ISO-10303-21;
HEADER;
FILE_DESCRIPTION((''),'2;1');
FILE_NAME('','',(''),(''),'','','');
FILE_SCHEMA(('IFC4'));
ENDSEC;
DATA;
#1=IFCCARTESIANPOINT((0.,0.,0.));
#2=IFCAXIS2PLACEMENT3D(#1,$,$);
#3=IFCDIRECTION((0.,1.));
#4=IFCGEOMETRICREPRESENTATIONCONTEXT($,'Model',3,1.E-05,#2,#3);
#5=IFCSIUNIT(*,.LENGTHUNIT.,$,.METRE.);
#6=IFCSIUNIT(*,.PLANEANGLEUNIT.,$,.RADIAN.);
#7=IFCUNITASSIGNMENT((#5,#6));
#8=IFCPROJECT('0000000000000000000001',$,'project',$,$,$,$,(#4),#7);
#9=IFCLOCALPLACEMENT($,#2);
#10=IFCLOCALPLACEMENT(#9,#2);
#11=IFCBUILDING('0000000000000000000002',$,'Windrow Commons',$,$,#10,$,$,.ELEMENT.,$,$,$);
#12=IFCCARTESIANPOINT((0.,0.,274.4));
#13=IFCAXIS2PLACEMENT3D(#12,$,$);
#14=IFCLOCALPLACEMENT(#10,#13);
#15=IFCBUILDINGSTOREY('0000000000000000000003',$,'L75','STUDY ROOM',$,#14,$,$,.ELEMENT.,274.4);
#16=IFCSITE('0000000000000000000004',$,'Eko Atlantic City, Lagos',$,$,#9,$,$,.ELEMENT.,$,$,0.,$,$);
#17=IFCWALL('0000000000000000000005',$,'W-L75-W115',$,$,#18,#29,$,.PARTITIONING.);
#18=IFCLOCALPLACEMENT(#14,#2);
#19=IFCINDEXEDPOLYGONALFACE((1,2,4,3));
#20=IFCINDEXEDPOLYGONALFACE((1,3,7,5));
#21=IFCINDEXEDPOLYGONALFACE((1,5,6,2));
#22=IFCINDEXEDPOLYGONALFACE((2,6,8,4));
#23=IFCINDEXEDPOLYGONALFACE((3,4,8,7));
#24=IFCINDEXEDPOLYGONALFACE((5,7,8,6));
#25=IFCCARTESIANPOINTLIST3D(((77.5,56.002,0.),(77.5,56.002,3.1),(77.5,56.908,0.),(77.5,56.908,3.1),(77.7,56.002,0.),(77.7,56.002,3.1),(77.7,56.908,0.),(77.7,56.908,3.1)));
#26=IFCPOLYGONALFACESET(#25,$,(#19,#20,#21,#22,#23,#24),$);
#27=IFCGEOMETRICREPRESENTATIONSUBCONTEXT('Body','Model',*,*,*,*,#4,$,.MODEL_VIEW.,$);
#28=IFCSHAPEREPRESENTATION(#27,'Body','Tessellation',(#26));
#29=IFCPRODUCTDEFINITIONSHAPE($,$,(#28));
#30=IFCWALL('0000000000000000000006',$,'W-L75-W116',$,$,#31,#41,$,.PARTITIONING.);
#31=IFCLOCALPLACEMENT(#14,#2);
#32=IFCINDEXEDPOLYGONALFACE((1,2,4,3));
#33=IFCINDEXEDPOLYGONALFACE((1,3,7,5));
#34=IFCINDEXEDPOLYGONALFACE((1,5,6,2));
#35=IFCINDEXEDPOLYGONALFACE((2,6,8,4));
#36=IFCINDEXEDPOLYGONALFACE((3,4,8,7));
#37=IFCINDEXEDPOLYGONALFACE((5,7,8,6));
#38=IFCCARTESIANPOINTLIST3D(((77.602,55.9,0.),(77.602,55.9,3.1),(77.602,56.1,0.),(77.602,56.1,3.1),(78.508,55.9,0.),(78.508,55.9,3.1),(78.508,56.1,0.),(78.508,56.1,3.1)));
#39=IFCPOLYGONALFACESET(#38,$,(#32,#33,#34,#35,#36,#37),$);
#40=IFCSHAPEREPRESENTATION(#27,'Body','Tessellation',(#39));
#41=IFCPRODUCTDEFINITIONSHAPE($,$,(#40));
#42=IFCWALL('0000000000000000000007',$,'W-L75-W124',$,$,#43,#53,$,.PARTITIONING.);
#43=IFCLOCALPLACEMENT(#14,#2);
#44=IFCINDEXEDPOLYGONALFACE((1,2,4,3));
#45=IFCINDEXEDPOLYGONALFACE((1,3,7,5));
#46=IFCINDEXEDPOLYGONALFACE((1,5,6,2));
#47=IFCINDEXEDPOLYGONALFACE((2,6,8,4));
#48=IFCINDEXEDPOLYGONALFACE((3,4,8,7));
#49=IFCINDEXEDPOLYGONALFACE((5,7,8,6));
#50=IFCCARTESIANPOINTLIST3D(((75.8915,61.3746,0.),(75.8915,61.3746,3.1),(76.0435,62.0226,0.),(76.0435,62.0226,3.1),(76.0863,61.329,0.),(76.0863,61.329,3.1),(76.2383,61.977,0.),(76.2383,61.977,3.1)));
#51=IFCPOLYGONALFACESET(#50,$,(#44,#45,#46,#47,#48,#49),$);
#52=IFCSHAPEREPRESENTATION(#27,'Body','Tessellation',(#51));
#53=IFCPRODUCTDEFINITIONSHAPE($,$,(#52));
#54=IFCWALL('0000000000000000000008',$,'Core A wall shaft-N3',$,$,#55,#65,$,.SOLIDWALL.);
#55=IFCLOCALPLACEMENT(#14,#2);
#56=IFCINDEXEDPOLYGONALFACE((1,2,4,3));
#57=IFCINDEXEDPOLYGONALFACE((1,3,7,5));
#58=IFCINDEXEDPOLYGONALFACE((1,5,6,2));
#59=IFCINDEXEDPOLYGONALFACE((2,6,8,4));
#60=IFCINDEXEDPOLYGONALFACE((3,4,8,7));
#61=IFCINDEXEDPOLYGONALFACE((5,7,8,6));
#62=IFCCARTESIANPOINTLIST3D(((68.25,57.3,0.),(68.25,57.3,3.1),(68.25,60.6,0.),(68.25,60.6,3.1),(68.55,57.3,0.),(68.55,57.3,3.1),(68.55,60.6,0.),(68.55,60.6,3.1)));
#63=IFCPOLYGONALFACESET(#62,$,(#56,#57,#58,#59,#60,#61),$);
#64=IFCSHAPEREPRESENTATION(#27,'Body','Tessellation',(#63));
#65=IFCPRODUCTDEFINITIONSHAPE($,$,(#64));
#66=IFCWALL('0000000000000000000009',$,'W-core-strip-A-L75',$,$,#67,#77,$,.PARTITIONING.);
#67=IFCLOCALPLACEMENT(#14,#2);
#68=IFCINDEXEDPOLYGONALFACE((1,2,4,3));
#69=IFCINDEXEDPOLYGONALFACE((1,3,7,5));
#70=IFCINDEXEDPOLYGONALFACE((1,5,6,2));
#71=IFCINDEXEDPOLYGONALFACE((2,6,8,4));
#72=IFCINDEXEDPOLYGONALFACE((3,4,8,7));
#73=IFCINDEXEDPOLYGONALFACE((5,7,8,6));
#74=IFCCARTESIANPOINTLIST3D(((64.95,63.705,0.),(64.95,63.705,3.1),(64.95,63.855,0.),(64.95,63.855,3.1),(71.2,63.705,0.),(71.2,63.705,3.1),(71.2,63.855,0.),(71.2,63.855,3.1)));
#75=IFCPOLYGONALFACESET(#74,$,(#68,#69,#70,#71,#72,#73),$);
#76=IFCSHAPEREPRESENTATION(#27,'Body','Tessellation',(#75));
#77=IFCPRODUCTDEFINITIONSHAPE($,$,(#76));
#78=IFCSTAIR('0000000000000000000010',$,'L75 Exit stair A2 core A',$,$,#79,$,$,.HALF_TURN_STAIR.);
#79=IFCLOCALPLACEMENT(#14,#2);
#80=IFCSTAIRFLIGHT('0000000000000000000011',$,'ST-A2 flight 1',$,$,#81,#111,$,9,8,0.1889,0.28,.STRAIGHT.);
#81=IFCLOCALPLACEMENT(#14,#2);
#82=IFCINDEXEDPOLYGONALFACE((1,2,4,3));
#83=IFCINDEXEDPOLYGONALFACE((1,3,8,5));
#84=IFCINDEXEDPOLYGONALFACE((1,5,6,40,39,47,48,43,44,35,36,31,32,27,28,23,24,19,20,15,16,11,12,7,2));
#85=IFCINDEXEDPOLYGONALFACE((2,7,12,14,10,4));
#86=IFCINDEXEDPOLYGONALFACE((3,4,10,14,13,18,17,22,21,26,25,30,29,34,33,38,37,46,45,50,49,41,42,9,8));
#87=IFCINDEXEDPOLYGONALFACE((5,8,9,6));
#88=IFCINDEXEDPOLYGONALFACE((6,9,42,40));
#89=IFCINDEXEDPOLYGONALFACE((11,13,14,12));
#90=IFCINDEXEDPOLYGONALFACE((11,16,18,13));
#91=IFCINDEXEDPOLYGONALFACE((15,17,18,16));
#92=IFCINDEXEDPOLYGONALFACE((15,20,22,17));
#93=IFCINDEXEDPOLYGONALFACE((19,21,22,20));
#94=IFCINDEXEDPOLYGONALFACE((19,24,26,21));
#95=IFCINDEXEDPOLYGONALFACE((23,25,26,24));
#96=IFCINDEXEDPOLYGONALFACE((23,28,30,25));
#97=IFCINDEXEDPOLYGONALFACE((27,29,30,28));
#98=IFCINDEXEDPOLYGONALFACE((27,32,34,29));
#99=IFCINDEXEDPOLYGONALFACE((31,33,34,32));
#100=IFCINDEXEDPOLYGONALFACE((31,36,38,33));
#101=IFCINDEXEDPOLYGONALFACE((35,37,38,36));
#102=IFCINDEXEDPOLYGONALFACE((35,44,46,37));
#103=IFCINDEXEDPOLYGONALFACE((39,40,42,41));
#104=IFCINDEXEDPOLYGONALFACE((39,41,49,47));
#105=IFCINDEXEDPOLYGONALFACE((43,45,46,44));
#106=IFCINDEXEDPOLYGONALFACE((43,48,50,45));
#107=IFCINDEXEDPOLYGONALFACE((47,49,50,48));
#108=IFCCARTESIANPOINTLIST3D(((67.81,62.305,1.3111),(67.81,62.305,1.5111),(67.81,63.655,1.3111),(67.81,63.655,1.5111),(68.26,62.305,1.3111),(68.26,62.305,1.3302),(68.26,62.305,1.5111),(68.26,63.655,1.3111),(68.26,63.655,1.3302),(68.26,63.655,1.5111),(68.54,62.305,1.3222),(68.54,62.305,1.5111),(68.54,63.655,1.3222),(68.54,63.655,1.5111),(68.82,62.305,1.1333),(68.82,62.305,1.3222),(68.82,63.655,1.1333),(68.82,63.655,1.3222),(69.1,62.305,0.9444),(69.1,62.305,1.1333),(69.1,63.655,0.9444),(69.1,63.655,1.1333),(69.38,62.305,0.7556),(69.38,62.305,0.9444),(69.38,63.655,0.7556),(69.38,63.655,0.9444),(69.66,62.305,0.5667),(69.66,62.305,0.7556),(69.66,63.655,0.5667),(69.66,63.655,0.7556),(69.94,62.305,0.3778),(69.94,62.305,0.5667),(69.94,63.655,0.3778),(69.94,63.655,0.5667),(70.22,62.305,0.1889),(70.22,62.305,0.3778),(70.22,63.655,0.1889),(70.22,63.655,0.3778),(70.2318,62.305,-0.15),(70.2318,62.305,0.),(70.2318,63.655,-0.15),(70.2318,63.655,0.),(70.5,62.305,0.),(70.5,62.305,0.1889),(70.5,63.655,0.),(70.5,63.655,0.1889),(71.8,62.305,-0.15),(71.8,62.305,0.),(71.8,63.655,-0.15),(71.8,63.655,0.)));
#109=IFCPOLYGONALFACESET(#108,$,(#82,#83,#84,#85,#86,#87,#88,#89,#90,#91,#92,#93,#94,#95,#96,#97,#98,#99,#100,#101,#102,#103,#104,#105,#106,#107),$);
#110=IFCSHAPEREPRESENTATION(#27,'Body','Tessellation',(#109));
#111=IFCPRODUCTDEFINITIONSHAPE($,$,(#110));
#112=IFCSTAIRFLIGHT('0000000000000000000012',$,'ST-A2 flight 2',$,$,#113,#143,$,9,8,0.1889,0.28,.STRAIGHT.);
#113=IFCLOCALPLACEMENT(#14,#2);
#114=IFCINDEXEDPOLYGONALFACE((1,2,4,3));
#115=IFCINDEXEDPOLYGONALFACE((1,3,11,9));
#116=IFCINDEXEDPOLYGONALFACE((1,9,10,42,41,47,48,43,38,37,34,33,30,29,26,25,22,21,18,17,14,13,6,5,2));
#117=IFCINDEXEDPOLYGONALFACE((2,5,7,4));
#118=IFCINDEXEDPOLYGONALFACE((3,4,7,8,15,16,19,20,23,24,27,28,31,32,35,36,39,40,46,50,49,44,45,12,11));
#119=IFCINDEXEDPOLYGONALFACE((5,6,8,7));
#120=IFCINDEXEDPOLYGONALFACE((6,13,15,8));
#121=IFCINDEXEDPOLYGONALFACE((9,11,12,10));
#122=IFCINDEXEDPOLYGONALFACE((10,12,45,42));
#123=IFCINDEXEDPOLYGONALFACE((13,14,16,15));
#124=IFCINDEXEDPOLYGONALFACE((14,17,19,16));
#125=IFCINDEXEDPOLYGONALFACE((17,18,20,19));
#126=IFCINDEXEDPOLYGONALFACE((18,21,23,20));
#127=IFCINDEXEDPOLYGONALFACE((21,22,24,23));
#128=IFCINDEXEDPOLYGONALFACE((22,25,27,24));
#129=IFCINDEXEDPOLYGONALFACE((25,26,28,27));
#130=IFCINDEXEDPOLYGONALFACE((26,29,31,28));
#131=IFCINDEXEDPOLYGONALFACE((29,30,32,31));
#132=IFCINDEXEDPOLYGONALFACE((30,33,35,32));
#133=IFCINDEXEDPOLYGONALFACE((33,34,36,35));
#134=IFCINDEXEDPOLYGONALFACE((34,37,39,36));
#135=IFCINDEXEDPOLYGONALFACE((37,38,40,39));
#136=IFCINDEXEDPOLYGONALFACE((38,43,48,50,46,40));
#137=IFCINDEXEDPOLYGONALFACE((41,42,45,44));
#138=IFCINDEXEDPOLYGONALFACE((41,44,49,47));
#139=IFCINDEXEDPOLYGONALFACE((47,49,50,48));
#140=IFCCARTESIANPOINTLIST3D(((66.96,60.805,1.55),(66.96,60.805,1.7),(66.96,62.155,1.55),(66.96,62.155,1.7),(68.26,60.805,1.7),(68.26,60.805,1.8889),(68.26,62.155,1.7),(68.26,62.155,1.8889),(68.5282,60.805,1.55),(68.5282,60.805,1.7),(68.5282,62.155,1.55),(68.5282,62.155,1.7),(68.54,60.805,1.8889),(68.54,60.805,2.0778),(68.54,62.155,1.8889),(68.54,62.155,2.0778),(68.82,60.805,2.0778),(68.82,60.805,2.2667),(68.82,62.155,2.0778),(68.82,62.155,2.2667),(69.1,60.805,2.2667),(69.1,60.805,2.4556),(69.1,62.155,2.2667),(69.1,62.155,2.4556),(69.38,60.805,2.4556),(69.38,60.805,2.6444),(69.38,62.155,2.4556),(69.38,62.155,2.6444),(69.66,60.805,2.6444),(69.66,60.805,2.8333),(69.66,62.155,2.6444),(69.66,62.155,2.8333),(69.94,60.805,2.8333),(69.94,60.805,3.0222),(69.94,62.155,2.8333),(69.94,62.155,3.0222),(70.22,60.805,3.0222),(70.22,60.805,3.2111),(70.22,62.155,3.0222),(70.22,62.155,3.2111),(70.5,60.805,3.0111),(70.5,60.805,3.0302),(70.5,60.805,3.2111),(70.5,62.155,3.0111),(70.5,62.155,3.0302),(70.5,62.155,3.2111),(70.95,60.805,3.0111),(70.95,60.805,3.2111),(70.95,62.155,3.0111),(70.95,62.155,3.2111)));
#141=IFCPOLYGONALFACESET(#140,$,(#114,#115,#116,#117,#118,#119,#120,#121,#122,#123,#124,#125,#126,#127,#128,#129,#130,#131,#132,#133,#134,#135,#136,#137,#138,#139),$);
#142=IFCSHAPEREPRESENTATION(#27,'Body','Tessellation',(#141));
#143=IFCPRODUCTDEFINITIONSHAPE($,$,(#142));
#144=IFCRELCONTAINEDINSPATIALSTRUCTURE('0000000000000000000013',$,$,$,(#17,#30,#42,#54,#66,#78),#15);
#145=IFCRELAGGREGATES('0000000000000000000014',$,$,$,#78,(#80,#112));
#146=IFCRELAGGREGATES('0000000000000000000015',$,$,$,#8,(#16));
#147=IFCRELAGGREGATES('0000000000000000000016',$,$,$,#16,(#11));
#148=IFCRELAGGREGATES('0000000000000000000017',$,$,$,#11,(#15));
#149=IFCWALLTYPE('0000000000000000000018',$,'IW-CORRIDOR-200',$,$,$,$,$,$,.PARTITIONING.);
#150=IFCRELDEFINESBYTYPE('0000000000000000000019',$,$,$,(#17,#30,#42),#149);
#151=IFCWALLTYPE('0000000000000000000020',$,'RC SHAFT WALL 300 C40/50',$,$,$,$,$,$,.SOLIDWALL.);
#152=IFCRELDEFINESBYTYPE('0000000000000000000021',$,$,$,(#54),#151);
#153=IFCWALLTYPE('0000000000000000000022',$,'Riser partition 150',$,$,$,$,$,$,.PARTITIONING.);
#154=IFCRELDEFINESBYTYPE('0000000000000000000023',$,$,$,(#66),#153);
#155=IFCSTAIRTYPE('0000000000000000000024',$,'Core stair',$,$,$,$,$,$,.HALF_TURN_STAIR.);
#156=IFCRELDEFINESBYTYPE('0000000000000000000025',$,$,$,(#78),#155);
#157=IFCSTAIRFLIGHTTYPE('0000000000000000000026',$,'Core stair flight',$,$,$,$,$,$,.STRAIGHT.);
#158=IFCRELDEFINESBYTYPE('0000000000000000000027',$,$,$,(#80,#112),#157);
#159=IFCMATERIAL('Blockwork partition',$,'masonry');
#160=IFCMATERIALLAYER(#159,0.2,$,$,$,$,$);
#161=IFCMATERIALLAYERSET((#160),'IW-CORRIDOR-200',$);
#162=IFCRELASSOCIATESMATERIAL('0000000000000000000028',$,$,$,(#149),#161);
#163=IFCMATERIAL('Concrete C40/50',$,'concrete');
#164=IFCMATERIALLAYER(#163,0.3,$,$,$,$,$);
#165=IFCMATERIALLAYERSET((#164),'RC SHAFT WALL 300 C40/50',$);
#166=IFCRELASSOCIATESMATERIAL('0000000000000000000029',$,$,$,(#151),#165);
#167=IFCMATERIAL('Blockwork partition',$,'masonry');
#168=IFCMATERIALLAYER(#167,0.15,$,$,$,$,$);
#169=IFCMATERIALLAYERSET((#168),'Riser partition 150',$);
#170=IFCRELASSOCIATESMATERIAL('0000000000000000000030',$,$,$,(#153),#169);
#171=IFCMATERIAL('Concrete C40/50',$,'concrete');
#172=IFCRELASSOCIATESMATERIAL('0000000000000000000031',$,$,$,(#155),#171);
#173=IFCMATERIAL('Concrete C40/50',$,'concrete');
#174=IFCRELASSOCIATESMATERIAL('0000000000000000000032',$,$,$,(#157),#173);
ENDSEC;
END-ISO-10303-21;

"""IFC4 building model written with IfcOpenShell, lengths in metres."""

from ifc_helpers import new_model, si_unit, direction, frame, frame_2d, origin, place, context, subcontext, project, spatial, polyline, rectangle, outline, extrude, material, layer, layer_set, type_object, element, aggregate, save


model = new_model("IFC4")

# Units and contexts
model_context = context("Model", 3, precision=1e-05, world=origin(), true_north=direction((0.0, 1.0)))
body_context = subcontext(model_context, "Body", "Model", "MODEL_VIEW")
ifc_project = project(units=[si_unit("LENGTHUNIT", "METRE"), si_unit("PLANEANGLEUNIT", "RADIAN")], contexts=[model_context])

# Site, building, storey
site_placement = place(None, origin())
site = spatial("IfcSite", under=ifc_project, at=site_placement, Name="Eko Atlantic City, Lagos", CompositionType="ELEMENT", RefElevation=0.0)
building_placement = place(site_placement, origin())
building = spatial("IfcBuilding", under=site, at=building_placement, Name="Windrow Commons", CompositionType="ELEMENT")
storey_placement = place(building_placement, frame((0.0, 0.0, 274.4)))
storey = spatial("IfcBuildingStorey", under=building, at=storey_placement, Name="L75", Description="STUDY ROOM", CompositionType="ELEMENT", Elevation=274.4)

# Shared definitions
ifc_material_1 = material(Name="Blockwork partition", Category="masonry")
ifc_layer_1 = layer(ifc_material_1, 0.2)
ifc_layer_set_1 = layer_set([ifc_layer_1], Name="IW-CORRIDOR-200")
wall_type_1 = type_object("IfcWallType", Name="IW-CORRIDOR-200", PredefinedType="PARTITIONING", material=ifc_layer_set_1)

# Walls
for number, where, z_axis, x_axis, name in (
    (1, (77.6, 56.002, 0.0), (0.0, 0.0, 1.0), (0.0, 1.0, 0.0), "W-L75-W115"),
    (2, (77.602, 56.0, 0.0), (0.0, 0.0, 1.0), (1.0, 0.0, 0.0), "W-L75-W116"),
):
    element("IfcWall", number, at=place(storey_placement, frame(where, z_axis=z_axis, x_axis=x_axis)), inside=storey, type_object=wall_type_1, Name=name, PredefinedType="PARTITIONING", context=body_context, shape_type="SweptSolid", body=[
        extrude(rectangle(XDim=0.906, YDim=0.2, at=frame_2d((0.453, 0.0))), origin(), (0.0, 0.0, 1.0), 3.1),
    ])
wall_1_placement = place(storey_placement, frame((75.9889, 61.3518, 0.0), z_axis=(0.0, 0.0, 1.0), x_axis=(0.228369, 0.973575, 0.0)))
element("IfcWall", 3, at=wall_1_placement, inside=storey, type_object=wall_type_1, Name="W-L75-W124", PredefinedType="PARTITIONING", context=body_context, shape_type="SweptSolid", body=[
    extrude(rectangle(XDim=0.6656, YDim=0.2, at=frame_2d((0.3328, 0.0))), origin(), (0.0, 0.0, 1.0), 3.1),
])
ifc_material_2 = material(Name="Concrete C40/50", Category="concrete")
ifc_layer_2 = layer(ifc_material_2, 0.3)
ifc_layer_set_2 = layer_set([ifc_layer_2], Name="RC SHAFT WALL 300 C40/50")
wall_type_2 = type_object("IfcWallType", Name="RC SHAFT WALL 300 C40/50", PredefinedType="SOLIDWALL", material=ifc_layer_set_2)
wall_2_placement = place(storey_placement, frame((68.4, 57.3, 0.0), z_axis=(0.0, 0.0, 1.0), x_axis=(0.0, 1.0, 0.0)))
element("IfcWall", 4, at=wall_2_placement, inside=storey, type_object=wall_type_2, Name="Core A wall shaft-N3", PredefinedType="SOLIDWALL", context=body_context, shape_type="SweptSolid", body=[
    extrude(rectangle(XDim=3.3, YDim=0.3, at=frame_2d((1.65, 0.0))), origin(), (0.0, 0.0, 1.0), 3.1),
])
ifc_material_3 = material(Name="Blockwork partition", Category="masonry")
ifc_layer_3 = layer(ifc_material_3, 0.15)
ifc_layer_set_3 = layer_set([ifc_layer_3], Name="Riser partition 150")
wall_type_3 = type_object("IfcWallType", Name="Riser partition 150", PredefinedType="PARTITIONING", material=ifc_layer_set_3)
wall_3_placement = place(storey_placement, frame((64.95, 63.78, 0.0), z_axis=(0.0, 0.0, 1.0), x_axis=(1.0, 0.0, 0.0)))
element("IfcWall", 5, at=wall_3_placement, inside=storey, type_object=wall_type_3, Name="W-core-strip-A-L75", PredefinedType="PARTITIONING", context=body_context, shape_type="SweptSolid", body=[
    extrude(rectangle(XDim=6.25, YDim=0.15, at=frame_2d((3.125, 0.0))), origin(), (0.0, 0.0, 1.0), 3.1),
])

# Stair, stair flights
ifc_material_4 = material(Name="Concrete C40/50", Category="concrete")
stair_type = type_object("IfcStairType", Name="Core stair", PredefinedType="HALF_TURN_STAIR", material=ifc_material_4)
stair_placement = place(storey_placement, origin())
stair = element("IfcStair", 6, at=stair_placement, inside=storey, type_object=stair_type, Name="L75 Exit stair A2 core A", PredefinedType="HALF_TURN_STAIR")
ifc_material_5 = material(Name="Concrete C40/50", Category="concrete")
stair_flight_type = type_object("IfcStairFlightType", Name="Core stair flight", PredefinedType="STRAIGHT", material=ifc_material_5)
stair_flight_1_placement = place(storey_placement, frame((70.5, 62.98, 0.0), z_axis=(0.0, 0.0, 1.0), x_axis=(-1.0, 0.0, 0.0)))
stair_flight_1 = element("IfcStairFlight", 7, at=stair_flight_1_placement, type_object=stair_flight_type, Name="ST-A2 flight 1", NumberOfRisers=9, NumberOfTreads=8, PredefinedType="STRAIGHT", RiserHeight=0.1889, TreadLength=0.28, context=body_context, shape_type="SweptSolid", body=[
    extrude(outline(polyline([(-1.3, -0.15), (-1.3, 0.0), (0.0, 0.0), (0.0, 0.1889), (0.28, 0.1889), (0.28, 0.3778), (0.56, 0.3778), (0.56, 0.5667), (0.84, 0.5667), (0.84, 0.7556), (1.12, 0.7556), (1.12, 0.9444), (1.4, 0.9444), (1.4, 1.1333), (1.68, 1.1333), (1.68, 1.3222), (1.96, 1.3222), (1.96, 1.5111), (2.24, 1.5111), (2.69, 1.5111), (2.69, 1.3111), (2.24, 1.3111), (2.24, 1.3302), (0.2682, 0.0), (0.2682, -0.15), (-1.3, -0.15)])), frame((0.0, 0.675, 0.0), z_axis=(0.0, -1.0, 0.0), x_axis=(1.0, 0.0, 0.0)), (0.0, 0.0, 1.0), 1.35),
])
stair_flight_2_placement = place(storey_placement, frame((68.26, 61.48, 1.7), z_axis=(0.0, 0.0, 1.0), x_axis=(1.0, 0.0, 0.0)))
stair_flight_2 = element("IfcStairFlight", 8, at=stair_flight_2_placement, type_object=stair_flight_type, Name="ST-A2 flight 2", NumberOfRisers=9, NumberOfTreads=8, PredefinedType="STRAIGHT", RiserHeight=0.1889, TreadLength=0.28, context=body_context, shape_type="SweptSolid", body=[
    extrude(outline(polyline([(-1.3, -0.15), (-1.3, 0.0), (0.0, 0.0), (0.0, 0.1889), (0.28, 0.1889), (0.28, 0.3778), (0.56, 0.3778), (0.56, 0.5667), (0.84, 0.5667), (0.84, 0.7556), (1.12, 0.7556), (1.12, 0.9444), (1.4, 0.9444), (1.4, 1.1333), (1.68, 1.1333), (1.68, 1.3222), (1.96, 1.3222), (1.96, 1.5111), (2.24, 1.5111), (2.69, 1.5111), (2.69, 1.3111), (2.24, 1.3111), (2.24, 1.3302), (0.2682, 0.0), (0.2682, -0.15), (-1.3, -0.15)])), frame((0.0, 0.675, 0.0), z_axis=(0.0, -1.0, 0.0), x_axis=(1.0, 0.0, 0.0)), (0.0, 0.0, 1.0), 1.35),
])
aggregate(stair, [stair_flight_1, stair_flight_2])

save(model, "model.ifc")
